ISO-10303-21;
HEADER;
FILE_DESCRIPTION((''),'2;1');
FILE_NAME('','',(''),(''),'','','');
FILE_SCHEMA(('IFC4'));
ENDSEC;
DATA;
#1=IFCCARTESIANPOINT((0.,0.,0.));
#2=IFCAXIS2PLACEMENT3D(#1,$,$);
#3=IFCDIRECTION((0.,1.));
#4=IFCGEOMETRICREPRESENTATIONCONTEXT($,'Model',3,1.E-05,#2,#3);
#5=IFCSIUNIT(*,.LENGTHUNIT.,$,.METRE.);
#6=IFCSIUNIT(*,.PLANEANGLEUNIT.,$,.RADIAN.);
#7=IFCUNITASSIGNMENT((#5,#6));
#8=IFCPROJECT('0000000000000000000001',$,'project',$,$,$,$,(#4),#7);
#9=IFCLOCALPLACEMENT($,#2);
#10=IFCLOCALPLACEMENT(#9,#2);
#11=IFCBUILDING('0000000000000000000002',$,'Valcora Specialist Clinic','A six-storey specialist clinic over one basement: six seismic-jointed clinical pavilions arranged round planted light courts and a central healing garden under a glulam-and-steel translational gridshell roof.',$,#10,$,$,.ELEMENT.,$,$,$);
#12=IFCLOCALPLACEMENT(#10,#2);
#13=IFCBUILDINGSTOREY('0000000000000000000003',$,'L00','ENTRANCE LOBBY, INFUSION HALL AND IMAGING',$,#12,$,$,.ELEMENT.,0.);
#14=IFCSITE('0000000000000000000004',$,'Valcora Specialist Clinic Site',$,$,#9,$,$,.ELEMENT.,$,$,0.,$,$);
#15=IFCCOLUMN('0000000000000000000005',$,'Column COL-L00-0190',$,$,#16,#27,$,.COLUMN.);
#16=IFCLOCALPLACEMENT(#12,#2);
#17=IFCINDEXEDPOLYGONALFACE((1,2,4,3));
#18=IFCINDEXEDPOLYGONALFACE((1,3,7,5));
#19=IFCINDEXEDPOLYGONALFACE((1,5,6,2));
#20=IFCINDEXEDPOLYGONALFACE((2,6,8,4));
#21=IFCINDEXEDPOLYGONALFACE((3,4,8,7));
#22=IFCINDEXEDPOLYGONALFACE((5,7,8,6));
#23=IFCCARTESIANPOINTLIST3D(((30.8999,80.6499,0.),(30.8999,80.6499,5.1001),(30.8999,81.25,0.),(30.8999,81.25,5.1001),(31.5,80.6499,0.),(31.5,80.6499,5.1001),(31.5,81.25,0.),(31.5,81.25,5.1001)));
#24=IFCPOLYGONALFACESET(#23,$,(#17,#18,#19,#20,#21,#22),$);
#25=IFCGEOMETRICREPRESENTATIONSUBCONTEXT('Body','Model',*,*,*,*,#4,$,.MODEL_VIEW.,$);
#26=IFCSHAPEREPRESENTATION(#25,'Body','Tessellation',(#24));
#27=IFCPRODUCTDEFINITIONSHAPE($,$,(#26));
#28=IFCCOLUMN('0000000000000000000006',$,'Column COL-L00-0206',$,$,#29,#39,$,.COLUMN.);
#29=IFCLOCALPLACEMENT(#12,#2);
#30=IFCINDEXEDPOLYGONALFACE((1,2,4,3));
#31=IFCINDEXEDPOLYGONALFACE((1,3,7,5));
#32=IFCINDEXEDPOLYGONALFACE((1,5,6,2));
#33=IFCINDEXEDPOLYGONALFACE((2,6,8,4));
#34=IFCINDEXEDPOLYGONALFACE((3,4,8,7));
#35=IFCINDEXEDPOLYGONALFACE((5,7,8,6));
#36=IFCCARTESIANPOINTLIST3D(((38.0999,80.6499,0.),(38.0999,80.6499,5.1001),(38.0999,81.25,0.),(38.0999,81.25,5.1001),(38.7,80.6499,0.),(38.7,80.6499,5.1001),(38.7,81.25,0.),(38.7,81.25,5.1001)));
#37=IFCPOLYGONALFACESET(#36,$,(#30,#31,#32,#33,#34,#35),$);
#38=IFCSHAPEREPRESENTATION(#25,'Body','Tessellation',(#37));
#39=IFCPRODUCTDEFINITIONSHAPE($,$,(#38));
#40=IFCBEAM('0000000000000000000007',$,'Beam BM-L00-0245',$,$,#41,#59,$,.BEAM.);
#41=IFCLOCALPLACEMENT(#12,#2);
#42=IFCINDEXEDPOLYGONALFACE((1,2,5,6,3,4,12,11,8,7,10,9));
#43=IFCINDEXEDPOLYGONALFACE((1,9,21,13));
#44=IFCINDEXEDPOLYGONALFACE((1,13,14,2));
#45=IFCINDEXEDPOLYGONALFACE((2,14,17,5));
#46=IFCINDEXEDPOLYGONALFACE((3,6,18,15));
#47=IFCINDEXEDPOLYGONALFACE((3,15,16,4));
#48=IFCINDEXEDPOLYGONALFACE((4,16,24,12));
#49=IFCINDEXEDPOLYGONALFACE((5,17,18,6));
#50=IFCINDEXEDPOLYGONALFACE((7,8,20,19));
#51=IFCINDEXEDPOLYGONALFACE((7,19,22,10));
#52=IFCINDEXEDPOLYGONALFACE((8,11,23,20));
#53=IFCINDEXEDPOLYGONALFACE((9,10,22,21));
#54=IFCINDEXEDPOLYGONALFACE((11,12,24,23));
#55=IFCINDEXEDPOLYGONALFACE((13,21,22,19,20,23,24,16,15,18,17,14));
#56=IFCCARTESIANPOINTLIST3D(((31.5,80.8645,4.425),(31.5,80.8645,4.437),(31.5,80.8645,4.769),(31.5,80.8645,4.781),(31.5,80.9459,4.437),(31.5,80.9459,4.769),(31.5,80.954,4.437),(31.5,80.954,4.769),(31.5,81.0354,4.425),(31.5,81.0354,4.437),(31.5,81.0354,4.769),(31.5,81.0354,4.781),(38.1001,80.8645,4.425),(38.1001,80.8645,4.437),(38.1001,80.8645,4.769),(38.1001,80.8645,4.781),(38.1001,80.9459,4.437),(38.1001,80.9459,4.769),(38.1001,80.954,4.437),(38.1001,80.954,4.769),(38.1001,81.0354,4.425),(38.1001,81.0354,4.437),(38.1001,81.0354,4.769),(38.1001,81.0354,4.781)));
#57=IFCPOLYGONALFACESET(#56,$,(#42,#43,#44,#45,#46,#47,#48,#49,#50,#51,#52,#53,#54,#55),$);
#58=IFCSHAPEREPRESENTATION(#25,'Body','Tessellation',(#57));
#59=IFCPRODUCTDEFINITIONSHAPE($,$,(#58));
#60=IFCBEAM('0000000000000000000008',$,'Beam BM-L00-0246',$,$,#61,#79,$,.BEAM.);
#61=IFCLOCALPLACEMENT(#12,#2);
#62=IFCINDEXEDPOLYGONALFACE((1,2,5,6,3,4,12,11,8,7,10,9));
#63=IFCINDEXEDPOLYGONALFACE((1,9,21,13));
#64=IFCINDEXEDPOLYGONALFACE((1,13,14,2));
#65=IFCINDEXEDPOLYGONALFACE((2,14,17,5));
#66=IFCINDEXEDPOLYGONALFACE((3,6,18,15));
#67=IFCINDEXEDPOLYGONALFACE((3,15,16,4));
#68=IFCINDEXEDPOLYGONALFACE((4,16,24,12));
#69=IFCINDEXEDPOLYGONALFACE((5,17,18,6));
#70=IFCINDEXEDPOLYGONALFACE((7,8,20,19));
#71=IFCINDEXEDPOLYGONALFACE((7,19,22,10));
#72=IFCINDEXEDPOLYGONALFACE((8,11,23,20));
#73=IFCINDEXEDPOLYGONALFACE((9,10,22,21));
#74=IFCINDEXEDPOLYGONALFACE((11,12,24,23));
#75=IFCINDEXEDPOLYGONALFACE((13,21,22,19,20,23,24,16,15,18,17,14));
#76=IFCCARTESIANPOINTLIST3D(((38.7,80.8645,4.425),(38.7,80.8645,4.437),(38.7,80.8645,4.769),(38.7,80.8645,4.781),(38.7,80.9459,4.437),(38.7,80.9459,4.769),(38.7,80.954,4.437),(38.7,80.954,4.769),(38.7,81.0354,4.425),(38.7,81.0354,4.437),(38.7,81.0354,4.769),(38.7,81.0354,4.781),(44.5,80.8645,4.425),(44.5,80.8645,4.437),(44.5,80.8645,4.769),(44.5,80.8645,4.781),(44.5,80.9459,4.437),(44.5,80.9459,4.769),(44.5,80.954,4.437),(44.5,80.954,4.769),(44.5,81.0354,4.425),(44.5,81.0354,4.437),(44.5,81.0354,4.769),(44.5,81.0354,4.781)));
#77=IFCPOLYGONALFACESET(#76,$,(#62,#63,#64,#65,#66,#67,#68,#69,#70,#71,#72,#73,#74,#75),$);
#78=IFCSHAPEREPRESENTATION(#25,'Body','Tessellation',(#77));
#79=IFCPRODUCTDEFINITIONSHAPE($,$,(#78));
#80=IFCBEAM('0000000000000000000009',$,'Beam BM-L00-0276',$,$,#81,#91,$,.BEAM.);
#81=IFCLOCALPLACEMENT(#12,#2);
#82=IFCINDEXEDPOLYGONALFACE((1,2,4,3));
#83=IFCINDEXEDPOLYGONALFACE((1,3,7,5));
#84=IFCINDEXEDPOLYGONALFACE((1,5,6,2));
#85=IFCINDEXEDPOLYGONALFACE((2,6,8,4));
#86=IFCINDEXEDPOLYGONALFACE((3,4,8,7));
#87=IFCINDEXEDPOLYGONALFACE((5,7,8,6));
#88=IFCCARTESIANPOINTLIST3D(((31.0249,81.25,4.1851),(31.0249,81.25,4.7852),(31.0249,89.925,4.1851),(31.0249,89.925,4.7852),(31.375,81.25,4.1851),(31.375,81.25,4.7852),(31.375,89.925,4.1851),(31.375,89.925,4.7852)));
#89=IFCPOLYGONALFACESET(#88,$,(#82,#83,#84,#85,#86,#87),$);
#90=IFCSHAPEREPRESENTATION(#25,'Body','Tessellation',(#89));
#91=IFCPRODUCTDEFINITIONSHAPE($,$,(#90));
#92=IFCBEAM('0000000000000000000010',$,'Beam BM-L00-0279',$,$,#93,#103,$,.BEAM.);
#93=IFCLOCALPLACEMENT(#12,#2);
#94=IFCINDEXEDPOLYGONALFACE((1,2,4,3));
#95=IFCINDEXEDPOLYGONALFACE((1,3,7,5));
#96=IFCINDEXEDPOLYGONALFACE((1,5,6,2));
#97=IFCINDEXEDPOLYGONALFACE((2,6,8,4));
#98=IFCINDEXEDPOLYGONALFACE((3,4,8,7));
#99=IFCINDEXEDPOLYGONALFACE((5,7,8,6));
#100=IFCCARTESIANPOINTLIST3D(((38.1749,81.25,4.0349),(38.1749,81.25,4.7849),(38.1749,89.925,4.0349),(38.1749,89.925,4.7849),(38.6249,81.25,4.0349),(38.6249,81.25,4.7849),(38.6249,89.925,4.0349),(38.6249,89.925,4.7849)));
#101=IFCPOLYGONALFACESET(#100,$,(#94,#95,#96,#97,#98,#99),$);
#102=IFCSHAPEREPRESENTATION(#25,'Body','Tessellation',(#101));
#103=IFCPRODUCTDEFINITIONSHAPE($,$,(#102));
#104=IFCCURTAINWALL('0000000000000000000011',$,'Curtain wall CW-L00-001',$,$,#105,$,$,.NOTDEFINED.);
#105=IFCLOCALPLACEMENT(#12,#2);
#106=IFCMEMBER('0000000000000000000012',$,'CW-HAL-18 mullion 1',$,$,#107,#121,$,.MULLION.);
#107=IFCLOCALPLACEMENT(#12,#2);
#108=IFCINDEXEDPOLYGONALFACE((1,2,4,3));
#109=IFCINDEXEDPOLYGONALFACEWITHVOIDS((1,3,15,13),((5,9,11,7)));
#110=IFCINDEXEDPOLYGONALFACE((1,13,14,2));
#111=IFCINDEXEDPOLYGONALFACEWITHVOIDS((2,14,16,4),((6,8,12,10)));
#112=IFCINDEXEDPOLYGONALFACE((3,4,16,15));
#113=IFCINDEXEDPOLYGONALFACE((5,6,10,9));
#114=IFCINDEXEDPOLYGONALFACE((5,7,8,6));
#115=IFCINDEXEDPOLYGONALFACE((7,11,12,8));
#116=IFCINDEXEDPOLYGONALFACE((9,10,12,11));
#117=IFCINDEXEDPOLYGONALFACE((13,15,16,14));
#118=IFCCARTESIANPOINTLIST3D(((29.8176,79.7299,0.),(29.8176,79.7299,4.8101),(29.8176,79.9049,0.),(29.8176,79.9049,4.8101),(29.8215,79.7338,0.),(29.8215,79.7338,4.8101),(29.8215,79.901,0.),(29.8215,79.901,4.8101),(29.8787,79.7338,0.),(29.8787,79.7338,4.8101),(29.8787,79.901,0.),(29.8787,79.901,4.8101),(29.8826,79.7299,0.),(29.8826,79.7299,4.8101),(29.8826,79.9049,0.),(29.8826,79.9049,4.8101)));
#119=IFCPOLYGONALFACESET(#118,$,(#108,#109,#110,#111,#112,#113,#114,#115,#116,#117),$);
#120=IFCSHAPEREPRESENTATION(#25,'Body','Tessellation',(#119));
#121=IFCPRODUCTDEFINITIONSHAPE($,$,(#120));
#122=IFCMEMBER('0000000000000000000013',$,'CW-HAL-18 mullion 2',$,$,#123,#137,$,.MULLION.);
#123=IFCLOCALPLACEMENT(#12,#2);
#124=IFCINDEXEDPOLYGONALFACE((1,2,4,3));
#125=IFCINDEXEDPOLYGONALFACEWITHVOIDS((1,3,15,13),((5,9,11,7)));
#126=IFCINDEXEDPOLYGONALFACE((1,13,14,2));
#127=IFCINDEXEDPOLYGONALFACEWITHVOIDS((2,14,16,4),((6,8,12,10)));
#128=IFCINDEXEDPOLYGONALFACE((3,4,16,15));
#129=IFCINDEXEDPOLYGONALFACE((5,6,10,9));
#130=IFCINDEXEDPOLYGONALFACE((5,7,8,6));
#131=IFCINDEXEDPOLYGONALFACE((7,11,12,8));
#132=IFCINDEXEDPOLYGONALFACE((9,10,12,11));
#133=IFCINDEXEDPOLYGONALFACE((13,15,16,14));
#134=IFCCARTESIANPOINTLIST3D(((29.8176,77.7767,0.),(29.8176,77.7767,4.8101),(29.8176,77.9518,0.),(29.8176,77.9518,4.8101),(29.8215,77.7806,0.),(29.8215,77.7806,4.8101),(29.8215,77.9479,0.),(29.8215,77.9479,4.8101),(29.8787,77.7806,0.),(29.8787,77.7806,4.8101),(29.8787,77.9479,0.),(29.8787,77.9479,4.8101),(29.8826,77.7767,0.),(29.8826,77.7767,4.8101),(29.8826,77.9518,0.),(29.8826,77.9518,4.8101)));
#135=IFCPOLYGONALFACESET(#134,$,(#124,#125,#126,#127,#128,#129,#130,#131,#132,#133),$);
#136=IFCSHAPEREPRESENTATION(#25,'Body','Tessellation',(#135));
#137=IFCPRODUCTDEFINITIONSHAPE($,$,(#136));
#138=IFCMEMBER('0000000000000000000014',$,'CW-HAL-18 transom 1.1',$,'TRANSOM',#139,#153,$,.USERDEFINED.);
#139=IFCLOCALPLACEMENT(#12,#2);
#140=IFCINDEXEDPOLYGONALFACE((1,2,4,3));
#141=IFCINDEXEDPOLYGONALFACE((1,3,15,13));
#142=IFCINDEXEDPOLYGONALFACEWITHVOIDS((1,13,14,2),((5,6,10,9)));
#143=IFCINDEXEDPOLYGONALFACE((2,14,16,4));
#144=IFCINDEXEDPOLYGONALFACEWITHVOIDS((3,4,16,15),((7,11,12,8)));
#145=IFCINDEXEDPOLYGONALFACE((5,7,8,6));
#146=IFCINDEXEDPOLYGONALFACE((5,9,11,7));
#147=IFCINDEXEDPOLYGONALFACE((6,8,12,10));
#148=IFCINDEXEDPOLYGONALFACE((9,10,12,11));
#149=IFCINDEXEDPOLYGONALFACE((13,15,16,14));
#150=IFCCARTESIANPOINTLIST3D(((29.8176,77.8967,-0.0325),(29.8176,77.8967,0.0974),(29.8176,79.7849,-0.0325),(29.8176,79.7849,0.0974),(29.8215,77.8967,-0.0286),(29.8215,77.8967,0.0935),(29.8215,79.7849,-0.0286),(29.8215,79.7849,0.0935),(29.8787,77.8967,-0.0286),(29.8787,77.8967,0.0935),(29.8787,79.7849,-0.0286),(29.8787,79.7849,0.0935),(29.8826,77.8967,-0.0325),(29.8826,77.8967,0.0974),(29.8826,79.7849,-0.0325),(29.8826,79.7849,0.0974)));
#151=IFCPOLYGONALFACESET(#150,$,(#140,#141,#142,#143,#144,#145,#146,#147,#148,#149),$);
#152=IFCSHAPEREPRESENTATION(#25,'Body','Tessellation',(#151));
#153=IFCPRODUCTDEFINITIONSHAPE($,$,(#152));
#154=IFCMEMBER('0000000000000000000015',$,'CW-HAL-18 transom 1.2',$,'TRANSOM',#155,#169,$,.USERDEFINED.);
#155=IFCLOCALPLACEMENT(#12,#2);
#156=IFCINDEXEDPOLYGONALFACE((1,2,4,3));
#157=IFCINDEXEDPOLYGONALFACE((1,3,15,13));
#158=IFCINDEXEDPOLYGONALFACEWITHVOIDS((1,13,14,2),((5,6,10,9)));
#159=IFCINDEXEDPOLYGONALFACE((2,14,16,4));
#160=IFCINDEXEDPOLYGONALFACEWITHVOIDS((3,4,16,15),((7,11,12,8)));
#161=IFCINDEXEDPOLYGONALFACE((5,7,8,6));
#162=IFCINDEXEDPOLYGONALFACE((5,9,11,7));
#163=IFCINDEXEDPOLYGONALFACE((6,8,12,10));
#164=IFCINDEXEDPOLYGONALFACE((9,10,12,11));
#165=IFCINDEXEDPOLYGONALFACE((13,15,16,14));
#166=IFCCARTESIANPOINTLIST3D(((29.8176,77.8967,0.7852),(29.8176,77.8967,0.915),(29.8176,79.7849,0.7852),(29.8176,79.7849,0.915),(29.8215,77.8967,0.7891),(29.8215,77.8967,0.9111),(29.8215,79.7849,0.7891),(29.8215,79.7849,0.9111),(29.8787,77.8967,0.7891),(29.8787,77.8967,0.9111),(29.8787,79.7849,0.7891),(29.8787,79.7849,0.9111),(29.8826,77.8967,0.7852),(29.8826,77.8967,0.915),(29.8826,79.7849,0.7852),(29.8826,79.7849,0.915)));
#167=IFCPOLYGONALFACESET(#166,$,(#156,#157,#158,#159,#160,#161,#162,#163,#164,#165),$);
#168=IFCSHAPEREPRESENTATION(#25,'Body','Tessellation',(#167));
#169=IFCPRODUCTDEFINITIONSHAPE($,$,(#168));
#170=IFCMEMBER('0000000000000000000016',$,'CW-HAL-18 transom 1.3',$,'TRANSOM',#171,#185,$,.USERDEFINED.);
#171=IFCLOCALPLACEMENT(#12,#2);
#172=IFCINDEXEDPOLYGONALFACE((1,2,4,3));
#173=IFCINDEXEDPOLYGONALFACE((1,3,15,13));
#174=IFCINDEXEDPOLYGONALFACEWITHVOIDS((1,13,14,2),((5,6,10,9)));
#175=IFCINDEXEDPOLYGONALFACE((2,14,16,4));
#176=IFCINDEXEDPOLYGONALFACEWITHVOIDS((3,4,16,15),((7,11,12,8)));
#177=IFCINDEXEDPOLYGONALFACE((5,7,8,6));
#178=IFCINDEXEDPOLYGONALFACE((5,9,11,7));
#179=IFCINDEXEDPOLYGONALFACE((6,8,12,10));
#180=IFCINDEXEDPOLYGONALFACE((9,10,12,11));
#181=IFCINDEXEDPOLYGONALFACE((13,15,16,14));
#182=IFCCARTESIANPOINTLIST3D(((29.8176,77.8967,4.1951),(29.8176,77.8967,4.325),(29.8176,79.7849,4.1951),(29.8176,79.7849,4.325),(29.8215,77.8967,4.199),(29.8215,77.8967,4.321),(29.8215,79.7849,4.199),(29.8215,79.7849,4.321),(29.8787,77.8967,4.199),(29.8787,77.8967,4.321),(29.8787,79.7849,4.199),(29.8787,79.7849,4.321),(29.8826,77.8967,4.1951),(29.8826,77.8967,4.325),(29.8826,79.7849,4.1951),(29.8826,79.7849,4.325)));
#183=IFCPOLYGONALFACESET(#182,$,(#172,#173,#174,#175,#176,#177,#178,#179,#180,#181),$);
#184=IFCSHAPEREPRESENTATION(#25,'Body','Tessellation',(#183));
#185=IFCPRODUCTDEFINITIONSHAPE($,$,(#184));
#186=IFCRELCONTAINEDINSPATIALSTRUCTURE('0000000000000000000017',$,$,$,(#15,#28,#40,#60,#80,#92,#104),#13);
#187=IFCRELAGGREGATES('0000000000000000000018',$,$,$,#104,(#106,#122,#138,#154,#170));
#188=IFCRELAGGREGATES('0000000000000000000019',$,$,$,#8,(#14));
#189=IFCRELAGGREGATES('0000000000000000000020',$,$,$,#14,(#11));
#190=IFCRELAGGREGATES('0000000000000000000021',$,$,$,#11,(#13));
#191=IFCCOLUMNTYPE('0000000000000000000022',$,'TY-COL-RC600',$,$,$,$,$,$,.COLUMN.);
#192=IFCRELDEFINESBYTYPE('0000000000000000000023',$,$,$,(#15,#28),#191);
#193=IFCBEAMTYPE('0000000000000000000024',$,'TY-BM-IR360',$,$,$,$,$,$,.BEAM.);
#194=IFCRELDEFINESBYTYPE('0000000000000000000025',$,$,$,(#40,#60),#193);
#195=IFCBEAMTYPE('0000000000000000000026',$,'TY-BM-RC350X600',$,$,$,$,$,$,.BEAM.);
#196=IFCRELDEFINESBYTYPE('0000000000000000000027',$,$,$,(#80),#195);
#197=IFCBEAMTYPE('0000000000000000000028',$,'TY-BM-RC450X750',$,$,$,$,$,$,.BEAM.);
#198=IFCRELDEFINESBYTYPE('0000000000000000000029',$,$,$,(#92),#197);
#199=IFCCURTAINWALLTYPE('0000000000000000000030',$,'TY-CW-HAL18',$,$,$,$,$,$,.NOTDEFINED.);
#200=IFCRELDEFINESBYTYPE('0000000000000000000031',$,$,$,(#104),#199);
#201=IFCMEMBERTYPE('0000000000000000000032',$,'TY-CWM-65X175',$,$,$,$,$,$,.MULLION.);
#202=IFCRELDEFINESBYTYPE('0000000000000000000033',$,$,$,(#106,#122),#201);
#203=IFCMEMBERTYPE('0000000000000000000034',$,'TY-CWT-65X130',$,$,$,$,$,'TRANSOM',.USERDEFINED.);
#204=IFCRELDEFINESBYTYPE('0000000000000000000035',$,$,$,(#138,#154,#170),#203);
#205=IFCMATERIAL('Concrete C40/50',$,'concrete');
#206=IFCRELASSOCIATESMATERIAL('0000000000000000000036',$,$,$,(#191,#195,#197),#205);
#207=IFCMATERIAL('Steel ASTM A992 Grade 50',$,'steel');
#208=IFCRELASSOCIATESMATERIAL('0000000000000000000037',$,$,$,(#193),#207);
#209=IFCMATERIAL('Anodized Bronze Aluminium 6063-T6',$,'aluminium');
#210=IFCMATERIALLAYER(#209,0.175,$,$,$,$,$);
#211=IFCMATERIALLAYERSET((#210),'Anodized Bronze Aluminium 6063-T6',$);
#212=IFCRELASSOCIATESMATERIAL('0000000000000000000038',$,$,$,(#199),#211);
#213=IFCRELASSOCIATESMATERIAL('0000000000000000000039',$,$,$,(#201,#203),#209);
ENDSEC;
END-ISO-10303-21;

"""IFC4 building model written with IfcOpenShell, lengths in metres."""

from ifc_helpers import new_model, si_unit, direction, frame, origin, origin_2d, place, context, subcontext, project, spatial, rectangle, hollow_rectangle, i_section, extrude, material, layer, layer_set, material_profile, profile_set, type_object, element, aggregate, save


model = new_model("IFC4")

# Units and contexts
model_context = context("Model", 3, precision=1e-05, world=origin(), true_north=direction((0.0, 1.0)))
body_context = subcontext(model_context, "Body", "Model", "MODEL_VIEW")
ifc_project = project(units=[si_unit("LENGTHUNIT", "METRE"), si_unit("PLANEANGLEUNIT", "RADIAN")], contexts=[model_context])

# Site, building, storey
site_placement = place(None, origin())
site = spatial("IfcSite", under=ifc_project, at=site_placement, Name="Valcora Specialist Clinic Site", CompositionType="ELEMENT", RefElevation=0.0)
building_placement = place(site_placement, origin())
building = spatial("IfcBuilding", under=site, at=building_placement, Name="Valcora Specialist Clinic", Description="A six-storey specialist clinic over one basement: six seismic-jointed clinical pavilions arranged round planted light courts and a central healing garden under a glulam-and-steel translational gridshell roof.", CompositionType="ELEMENT")
storey_placement = place(building_placement, origin())
storey = spatial("IfcBuildingStorey", under=building, at=storey_placement, Name="L00", Description="ENTRANCE LOBBY, INFUSION HALL AND IMAGING", CompositionType="ELEMENT", Elevation=0.0)

# Columns
ifc_material_1 = material(Name="Concrete C40/50", Category="concrete")
ifc_material_profile_1 = material_profile(ifc_material_1, rectangle(XDim=0.6001, YDim=0.6001, at=origin_2d()), Name="RC-COL-600X600")
ifc_profile_set_1 = profile_set([ifc_material_profile_1], Name="Concrete C40/50")
column_type = type_object("IfcColumnType", Name="TY-COL-RC600", PredefinedType="COLUMN", material=ifc_profile_set_1)
for number, where, z_axis, x_axis, name in (
    (1, (31.2, 80.95, 0.0), (0.0, 0.0, 1.0), (1.0, 0.0, 0.0), "Column COL-L00-0190"),
    (2, (38.3999, 80.95, 0.0), (0.0, 0.0, 1.0), (1.0, 0.0, 0.0), "Column COL-L00-0206"),
):
    element("IfcColumn", number, at=place(storey_placement, frame(where, z_axis=z_axis, x_axis=x_axis)), inside=storey, type_object=column_type, Name=name, PredefinedType="COLUMN", context=body_context, shape_type="SweptSolid", body=[
        extrude(rectangle(XDim=0.6001, YDim=0.6001, at=origin_2d()), origin(), (0.0, 0.0, 1.0), 5.1001),
    ])

# Beams
ifc_material_2 = material(Name="Steel ASTM A992 Grade 50", Category="steel")
ifc_material_profile_2 = material_profile(ifc_material_2, i_section(OverallWidth=0.1709, OverallDepth=0.356, WebThickness=0.0081, FlangeThickness=0.012, at=origin_2d()), Name="ST-IR-360X170")
ifc_profile_set_2 = profile_set([ifc_material_profile_2], Name="Steel ASTM A992 Grade 50")
beam_type_1 = type_object("IfcBeamType", Name="TY-BM-IR360", PredefinedType="BEAM", material=ifc_profile_set_2)
beam_1_placement = place(storey_placement, frame((31.5, 80.95, 4.603), z_axis=(1.0, 0.0, 0.0), x_axis=(0.0, 1.0, 0.0)))
element("IfcBeam", 3, at=beam_1_placement, inside=storey, type_object=beam_type_1, Name="Beam BM-L00-0245", PredefinedType="BEAM", context=body_context, shape_type="SweptSolid", body=[
    extrude(i_section(OverallWidth=0.1709, OverallDepth=0.356, WebThickness=0.0081, FlangeThickness=0.012, at=origin_2d()), origin(), (0.0, 0.0, 1.0), 6.6001),
])
beam_2_placement = place(storey_placement, frame((38.7, 80.95, 4.603), z_axis=(1.0, 0.0, 0.0), x_axis=(0.0, 1.0, 0.0)))
element("IfcBeam", 4, at=beam_2_placement, inside=storey, type_object=beam_type_1, Name="Beam BM-L00-0246", PredefinedType="BEAM", context=body_context, shape_type="SweptSolid", body=[
    extrude(i_section(OverallWidth=0.1709, OverallDepth=0.356, WebThickness=0.0081, FlangeThickness=0.012, at=origin_2d()), origin(), (0.0, 0.0, 1.0), 5.8),
])
ifc_material_profile_3 = material_profile(ifc_material_1, rectangle(XDim=0.3501, YDim=0.6001, at=origin_2d()), Name="RC-BM-350X600")
ifc_profile_set_3 = profile_set([ifc_material_profile_3], Name="Concrete C40/50")
beam_type_2 = type_object("IfcBeamType", Name="TY-BM-RC350X600", PredefinedType="BEAM", material=ifc_profile_set_3)
beam_3_placement = place(storey_placement, frame((31.2, 81.25, 4.4851), z_axis=(0.0, 1.0, 0.0), x_axis=(-1.0, 0.0, 0.0)))
element("IfcBeam", 5, at=beam_3_placement, inside=storey, type_object=beam_type_2, Name="Beam BM-L00-0276", PredefinedType="BEAM", context=body_context, shape_type="SweptSolid", body=[
    extrude(rectangle(XDim=0.3501, YDim=0.6001, at=origin_2d()), origin(), (0.0, 0.0, 1.0), 8.675),
])
ifc_material_profile_4 = material_profile(ifc_material_1, rectangle(XDim=0.45, YDim=0.75, at=origin_2d()), Name="RC-BM-450X750")
ifc_profile_set_4 = profile_set([ifc_material_profile_4], Name="Concrete C40/50")
beam_type_3 = type_object("IfcBeamType", Name="TY-BM-RC450X750", PredefinedType="BEAM", material=ifc_profile_set_4)
beam_4_placement = place(storey_placement, frame((38.3999, 81.25, 4.4099), z_axis=(0.0, 1.0, 0.0), x_axis=(-1.0, 0.0, 0.0)))
element("IfcBeam", 6, at=beam_4_placement, inside=storey, type_object=beam_type_3, Name="Beam BM-L00-0279", PredefinedType="BEAM", context=body_context, shape_type="SweptSolid", body=[
    extrude(rectangle(XDim=0.45, YDim=0.75, at=origin_2d()), origin(), (0.0, 0.0, 1.0), 8.675),
])

# Curtain wall, members
ifc_material_3 = material(Name="Anodized Bronze Aluminium 6063-T6", Category="aluminium")
ifc_layer_1 = layer(ifc_material_3, 0.175)
ifc_layer_set_1 = layer_set([ifc_layer_1], Name="Anodized Bronze Aluminium 6063-T6")
curtain_wall_type = type_object("IfcCurtainWallType", Name="TY-CW-HAL18", PredefinedType="NOTDEFINED", material=ifc_layer_set_1)
curtain_wall_placement = place(storey_placement, origin())
curtain_wall = element("IfcCurtainWall", 7, at=curtain_wall_placement, inside=storey, type_object=curtain_wall_type, Name="Curtain wall CW-L00-001", PredefinedType="NOTDEFINED")
ifc_material_profile_5 = material_profile(ifc_material_3, hollow_rectangle(XDim=0.0649, YDim=0.175, WallThickness=0.0039, at=origin_2d()), Name="AL-MUL-65X175")
ifc_profile_set_5 = profile_set([ifc_material_profile_5], Name="Anodized Bronze Aluminium 6063-T6")
member_type_1 = type_object("IfcMemberType", Name="TY-CWM-65X175", PredefinedType="MULLION", material=ifc_profile_set_5)
member_1_placement = place(storey_placement, frame((29.8501, 79.8174, 0.0), z_axis=(0.0, 0.0, 1.0), x_axis=(1.0, 0.0, 0.0)))
member_1 = element("IfcMember", 8, at=member_1_placement, type_object=member_type_1, Name="CW-HAL-18 mullion 1", PredefinedType="MULLION", context=body_context, shape_type="SweptSolid", body=[
    extrude(hollow_rectangle(XDim=0.0649, YDim=0.175, WallThickness=0.0039, at=origin_2d()), origin(), (0.0, 0.0, 1.0), 4.8101),
])
member_2_placement = place(storey_placement, frame((29.8501, 77.8643, 0.0), z_axis=(0.0, 0.0, 1.0), x_axis=(1.0, 0.0, 0.0)))
member_2 = element("IfcMember", 9, at=member_2_placement, type_object=member_type_1, Name="CW-HAL-18 mullion 2", PredefinedType="MULLION", context=body_context, shape_type="SweptSolid", body=[
    extrude(hollow_rectangle(XDim=0.0649, YDim=0.175, WallThickness=0.0039, at=origin_2d()), origin(), (0.0, 0.0, 1.0), 4.8101),
])
ifc_material_profile_6 = material_profile(ifc_material_3, hollow_rectangle(XDim=0.0649, YDim=0.1299, WallThickness=0.0039, at=origin_2d()), Name="AL-TRN-65X130")
ifc_profile_set_6 = profile_set([ifc_material_profile_6], Name="Anodized Bronze Aluminium 6063-T6")
member_type_2 = type_object("IfcMemberType", Name="TY-CWT-65X130", ElementType="TRANSOM", PredefinedType="USERDEFINED", material=ifc_profile_set_6)
member_3_placement = place(storey_placement, frame((29.8501, 79.7849, 0.0325), z_axis=(0.0, -1.0, 0.0), x_axis=(1.0, 0.0, 0.0)))
member_3 = element("IfcMember", 10, at=member_3_placement, type_object=member_type_2, Name="CW-HAL-18 transom 1.1", ObjectType="TRANSOM", PredefinedType="USERDEFINED", context=body_context, shape_type="SweptSolid", body=[
    extrude(hollow_rectangle(XDim=0.0649, YDim=0.1299, WallThickness=0.0039, at=origin_2d()), origin(), (0.0, 0.0, 1.0), 1.8882),
])
member_4_placement = place(storey_placement, frame((29.8501, 79.7849, 0.8501), z_axis=(0.0, -1.0, 0.0), x_axis=(1.0, 0.0, 0.0)))
member_4 = element("IfcMember", 11, at=member_4_placement, type_object=member_type_2, Name="CW-HAL-18 transom 1.2", ObjectType="TRANSOM", PredefinedType="USERDEFINED", context=body_context, shape_type="SweptSolid", body=[
    extrude(hollow_rectangle(XDim=0.0649, YDim=0.1299, WallThickness=0.0039, at=origin_2d()), origin(), (0.0, 0.0, 1.0), 1.8882),
])
member_5_placement = place(storey_placement, frame((29.8501, 79.7849, 4.26), z_axis=(0.0, -1.0, 0.0), x_axis=(1.0, 0.0, 0.0)))
member_5 = element("IfcMember", 12, at=member_5_placement, type_object=member_type_2, Name="CW-HAL-18 transom 1.3", ObjectType="TRANSOM", PredefinedType="USERDEFINED", context=body_context, shape_type="SweptSolid", body=[
    extrude(hollow_rectangle(XDim=0.0649, YDim=0.1299, WallThickness=0.0039, at=origin_2d()), origin(), (0.0, 0.0, 1.0), 1.8882),
])
aggregate(curtain_wall, [member_1, member_2, member_3, member_4, member_5])

save(model, "model.ifc")
